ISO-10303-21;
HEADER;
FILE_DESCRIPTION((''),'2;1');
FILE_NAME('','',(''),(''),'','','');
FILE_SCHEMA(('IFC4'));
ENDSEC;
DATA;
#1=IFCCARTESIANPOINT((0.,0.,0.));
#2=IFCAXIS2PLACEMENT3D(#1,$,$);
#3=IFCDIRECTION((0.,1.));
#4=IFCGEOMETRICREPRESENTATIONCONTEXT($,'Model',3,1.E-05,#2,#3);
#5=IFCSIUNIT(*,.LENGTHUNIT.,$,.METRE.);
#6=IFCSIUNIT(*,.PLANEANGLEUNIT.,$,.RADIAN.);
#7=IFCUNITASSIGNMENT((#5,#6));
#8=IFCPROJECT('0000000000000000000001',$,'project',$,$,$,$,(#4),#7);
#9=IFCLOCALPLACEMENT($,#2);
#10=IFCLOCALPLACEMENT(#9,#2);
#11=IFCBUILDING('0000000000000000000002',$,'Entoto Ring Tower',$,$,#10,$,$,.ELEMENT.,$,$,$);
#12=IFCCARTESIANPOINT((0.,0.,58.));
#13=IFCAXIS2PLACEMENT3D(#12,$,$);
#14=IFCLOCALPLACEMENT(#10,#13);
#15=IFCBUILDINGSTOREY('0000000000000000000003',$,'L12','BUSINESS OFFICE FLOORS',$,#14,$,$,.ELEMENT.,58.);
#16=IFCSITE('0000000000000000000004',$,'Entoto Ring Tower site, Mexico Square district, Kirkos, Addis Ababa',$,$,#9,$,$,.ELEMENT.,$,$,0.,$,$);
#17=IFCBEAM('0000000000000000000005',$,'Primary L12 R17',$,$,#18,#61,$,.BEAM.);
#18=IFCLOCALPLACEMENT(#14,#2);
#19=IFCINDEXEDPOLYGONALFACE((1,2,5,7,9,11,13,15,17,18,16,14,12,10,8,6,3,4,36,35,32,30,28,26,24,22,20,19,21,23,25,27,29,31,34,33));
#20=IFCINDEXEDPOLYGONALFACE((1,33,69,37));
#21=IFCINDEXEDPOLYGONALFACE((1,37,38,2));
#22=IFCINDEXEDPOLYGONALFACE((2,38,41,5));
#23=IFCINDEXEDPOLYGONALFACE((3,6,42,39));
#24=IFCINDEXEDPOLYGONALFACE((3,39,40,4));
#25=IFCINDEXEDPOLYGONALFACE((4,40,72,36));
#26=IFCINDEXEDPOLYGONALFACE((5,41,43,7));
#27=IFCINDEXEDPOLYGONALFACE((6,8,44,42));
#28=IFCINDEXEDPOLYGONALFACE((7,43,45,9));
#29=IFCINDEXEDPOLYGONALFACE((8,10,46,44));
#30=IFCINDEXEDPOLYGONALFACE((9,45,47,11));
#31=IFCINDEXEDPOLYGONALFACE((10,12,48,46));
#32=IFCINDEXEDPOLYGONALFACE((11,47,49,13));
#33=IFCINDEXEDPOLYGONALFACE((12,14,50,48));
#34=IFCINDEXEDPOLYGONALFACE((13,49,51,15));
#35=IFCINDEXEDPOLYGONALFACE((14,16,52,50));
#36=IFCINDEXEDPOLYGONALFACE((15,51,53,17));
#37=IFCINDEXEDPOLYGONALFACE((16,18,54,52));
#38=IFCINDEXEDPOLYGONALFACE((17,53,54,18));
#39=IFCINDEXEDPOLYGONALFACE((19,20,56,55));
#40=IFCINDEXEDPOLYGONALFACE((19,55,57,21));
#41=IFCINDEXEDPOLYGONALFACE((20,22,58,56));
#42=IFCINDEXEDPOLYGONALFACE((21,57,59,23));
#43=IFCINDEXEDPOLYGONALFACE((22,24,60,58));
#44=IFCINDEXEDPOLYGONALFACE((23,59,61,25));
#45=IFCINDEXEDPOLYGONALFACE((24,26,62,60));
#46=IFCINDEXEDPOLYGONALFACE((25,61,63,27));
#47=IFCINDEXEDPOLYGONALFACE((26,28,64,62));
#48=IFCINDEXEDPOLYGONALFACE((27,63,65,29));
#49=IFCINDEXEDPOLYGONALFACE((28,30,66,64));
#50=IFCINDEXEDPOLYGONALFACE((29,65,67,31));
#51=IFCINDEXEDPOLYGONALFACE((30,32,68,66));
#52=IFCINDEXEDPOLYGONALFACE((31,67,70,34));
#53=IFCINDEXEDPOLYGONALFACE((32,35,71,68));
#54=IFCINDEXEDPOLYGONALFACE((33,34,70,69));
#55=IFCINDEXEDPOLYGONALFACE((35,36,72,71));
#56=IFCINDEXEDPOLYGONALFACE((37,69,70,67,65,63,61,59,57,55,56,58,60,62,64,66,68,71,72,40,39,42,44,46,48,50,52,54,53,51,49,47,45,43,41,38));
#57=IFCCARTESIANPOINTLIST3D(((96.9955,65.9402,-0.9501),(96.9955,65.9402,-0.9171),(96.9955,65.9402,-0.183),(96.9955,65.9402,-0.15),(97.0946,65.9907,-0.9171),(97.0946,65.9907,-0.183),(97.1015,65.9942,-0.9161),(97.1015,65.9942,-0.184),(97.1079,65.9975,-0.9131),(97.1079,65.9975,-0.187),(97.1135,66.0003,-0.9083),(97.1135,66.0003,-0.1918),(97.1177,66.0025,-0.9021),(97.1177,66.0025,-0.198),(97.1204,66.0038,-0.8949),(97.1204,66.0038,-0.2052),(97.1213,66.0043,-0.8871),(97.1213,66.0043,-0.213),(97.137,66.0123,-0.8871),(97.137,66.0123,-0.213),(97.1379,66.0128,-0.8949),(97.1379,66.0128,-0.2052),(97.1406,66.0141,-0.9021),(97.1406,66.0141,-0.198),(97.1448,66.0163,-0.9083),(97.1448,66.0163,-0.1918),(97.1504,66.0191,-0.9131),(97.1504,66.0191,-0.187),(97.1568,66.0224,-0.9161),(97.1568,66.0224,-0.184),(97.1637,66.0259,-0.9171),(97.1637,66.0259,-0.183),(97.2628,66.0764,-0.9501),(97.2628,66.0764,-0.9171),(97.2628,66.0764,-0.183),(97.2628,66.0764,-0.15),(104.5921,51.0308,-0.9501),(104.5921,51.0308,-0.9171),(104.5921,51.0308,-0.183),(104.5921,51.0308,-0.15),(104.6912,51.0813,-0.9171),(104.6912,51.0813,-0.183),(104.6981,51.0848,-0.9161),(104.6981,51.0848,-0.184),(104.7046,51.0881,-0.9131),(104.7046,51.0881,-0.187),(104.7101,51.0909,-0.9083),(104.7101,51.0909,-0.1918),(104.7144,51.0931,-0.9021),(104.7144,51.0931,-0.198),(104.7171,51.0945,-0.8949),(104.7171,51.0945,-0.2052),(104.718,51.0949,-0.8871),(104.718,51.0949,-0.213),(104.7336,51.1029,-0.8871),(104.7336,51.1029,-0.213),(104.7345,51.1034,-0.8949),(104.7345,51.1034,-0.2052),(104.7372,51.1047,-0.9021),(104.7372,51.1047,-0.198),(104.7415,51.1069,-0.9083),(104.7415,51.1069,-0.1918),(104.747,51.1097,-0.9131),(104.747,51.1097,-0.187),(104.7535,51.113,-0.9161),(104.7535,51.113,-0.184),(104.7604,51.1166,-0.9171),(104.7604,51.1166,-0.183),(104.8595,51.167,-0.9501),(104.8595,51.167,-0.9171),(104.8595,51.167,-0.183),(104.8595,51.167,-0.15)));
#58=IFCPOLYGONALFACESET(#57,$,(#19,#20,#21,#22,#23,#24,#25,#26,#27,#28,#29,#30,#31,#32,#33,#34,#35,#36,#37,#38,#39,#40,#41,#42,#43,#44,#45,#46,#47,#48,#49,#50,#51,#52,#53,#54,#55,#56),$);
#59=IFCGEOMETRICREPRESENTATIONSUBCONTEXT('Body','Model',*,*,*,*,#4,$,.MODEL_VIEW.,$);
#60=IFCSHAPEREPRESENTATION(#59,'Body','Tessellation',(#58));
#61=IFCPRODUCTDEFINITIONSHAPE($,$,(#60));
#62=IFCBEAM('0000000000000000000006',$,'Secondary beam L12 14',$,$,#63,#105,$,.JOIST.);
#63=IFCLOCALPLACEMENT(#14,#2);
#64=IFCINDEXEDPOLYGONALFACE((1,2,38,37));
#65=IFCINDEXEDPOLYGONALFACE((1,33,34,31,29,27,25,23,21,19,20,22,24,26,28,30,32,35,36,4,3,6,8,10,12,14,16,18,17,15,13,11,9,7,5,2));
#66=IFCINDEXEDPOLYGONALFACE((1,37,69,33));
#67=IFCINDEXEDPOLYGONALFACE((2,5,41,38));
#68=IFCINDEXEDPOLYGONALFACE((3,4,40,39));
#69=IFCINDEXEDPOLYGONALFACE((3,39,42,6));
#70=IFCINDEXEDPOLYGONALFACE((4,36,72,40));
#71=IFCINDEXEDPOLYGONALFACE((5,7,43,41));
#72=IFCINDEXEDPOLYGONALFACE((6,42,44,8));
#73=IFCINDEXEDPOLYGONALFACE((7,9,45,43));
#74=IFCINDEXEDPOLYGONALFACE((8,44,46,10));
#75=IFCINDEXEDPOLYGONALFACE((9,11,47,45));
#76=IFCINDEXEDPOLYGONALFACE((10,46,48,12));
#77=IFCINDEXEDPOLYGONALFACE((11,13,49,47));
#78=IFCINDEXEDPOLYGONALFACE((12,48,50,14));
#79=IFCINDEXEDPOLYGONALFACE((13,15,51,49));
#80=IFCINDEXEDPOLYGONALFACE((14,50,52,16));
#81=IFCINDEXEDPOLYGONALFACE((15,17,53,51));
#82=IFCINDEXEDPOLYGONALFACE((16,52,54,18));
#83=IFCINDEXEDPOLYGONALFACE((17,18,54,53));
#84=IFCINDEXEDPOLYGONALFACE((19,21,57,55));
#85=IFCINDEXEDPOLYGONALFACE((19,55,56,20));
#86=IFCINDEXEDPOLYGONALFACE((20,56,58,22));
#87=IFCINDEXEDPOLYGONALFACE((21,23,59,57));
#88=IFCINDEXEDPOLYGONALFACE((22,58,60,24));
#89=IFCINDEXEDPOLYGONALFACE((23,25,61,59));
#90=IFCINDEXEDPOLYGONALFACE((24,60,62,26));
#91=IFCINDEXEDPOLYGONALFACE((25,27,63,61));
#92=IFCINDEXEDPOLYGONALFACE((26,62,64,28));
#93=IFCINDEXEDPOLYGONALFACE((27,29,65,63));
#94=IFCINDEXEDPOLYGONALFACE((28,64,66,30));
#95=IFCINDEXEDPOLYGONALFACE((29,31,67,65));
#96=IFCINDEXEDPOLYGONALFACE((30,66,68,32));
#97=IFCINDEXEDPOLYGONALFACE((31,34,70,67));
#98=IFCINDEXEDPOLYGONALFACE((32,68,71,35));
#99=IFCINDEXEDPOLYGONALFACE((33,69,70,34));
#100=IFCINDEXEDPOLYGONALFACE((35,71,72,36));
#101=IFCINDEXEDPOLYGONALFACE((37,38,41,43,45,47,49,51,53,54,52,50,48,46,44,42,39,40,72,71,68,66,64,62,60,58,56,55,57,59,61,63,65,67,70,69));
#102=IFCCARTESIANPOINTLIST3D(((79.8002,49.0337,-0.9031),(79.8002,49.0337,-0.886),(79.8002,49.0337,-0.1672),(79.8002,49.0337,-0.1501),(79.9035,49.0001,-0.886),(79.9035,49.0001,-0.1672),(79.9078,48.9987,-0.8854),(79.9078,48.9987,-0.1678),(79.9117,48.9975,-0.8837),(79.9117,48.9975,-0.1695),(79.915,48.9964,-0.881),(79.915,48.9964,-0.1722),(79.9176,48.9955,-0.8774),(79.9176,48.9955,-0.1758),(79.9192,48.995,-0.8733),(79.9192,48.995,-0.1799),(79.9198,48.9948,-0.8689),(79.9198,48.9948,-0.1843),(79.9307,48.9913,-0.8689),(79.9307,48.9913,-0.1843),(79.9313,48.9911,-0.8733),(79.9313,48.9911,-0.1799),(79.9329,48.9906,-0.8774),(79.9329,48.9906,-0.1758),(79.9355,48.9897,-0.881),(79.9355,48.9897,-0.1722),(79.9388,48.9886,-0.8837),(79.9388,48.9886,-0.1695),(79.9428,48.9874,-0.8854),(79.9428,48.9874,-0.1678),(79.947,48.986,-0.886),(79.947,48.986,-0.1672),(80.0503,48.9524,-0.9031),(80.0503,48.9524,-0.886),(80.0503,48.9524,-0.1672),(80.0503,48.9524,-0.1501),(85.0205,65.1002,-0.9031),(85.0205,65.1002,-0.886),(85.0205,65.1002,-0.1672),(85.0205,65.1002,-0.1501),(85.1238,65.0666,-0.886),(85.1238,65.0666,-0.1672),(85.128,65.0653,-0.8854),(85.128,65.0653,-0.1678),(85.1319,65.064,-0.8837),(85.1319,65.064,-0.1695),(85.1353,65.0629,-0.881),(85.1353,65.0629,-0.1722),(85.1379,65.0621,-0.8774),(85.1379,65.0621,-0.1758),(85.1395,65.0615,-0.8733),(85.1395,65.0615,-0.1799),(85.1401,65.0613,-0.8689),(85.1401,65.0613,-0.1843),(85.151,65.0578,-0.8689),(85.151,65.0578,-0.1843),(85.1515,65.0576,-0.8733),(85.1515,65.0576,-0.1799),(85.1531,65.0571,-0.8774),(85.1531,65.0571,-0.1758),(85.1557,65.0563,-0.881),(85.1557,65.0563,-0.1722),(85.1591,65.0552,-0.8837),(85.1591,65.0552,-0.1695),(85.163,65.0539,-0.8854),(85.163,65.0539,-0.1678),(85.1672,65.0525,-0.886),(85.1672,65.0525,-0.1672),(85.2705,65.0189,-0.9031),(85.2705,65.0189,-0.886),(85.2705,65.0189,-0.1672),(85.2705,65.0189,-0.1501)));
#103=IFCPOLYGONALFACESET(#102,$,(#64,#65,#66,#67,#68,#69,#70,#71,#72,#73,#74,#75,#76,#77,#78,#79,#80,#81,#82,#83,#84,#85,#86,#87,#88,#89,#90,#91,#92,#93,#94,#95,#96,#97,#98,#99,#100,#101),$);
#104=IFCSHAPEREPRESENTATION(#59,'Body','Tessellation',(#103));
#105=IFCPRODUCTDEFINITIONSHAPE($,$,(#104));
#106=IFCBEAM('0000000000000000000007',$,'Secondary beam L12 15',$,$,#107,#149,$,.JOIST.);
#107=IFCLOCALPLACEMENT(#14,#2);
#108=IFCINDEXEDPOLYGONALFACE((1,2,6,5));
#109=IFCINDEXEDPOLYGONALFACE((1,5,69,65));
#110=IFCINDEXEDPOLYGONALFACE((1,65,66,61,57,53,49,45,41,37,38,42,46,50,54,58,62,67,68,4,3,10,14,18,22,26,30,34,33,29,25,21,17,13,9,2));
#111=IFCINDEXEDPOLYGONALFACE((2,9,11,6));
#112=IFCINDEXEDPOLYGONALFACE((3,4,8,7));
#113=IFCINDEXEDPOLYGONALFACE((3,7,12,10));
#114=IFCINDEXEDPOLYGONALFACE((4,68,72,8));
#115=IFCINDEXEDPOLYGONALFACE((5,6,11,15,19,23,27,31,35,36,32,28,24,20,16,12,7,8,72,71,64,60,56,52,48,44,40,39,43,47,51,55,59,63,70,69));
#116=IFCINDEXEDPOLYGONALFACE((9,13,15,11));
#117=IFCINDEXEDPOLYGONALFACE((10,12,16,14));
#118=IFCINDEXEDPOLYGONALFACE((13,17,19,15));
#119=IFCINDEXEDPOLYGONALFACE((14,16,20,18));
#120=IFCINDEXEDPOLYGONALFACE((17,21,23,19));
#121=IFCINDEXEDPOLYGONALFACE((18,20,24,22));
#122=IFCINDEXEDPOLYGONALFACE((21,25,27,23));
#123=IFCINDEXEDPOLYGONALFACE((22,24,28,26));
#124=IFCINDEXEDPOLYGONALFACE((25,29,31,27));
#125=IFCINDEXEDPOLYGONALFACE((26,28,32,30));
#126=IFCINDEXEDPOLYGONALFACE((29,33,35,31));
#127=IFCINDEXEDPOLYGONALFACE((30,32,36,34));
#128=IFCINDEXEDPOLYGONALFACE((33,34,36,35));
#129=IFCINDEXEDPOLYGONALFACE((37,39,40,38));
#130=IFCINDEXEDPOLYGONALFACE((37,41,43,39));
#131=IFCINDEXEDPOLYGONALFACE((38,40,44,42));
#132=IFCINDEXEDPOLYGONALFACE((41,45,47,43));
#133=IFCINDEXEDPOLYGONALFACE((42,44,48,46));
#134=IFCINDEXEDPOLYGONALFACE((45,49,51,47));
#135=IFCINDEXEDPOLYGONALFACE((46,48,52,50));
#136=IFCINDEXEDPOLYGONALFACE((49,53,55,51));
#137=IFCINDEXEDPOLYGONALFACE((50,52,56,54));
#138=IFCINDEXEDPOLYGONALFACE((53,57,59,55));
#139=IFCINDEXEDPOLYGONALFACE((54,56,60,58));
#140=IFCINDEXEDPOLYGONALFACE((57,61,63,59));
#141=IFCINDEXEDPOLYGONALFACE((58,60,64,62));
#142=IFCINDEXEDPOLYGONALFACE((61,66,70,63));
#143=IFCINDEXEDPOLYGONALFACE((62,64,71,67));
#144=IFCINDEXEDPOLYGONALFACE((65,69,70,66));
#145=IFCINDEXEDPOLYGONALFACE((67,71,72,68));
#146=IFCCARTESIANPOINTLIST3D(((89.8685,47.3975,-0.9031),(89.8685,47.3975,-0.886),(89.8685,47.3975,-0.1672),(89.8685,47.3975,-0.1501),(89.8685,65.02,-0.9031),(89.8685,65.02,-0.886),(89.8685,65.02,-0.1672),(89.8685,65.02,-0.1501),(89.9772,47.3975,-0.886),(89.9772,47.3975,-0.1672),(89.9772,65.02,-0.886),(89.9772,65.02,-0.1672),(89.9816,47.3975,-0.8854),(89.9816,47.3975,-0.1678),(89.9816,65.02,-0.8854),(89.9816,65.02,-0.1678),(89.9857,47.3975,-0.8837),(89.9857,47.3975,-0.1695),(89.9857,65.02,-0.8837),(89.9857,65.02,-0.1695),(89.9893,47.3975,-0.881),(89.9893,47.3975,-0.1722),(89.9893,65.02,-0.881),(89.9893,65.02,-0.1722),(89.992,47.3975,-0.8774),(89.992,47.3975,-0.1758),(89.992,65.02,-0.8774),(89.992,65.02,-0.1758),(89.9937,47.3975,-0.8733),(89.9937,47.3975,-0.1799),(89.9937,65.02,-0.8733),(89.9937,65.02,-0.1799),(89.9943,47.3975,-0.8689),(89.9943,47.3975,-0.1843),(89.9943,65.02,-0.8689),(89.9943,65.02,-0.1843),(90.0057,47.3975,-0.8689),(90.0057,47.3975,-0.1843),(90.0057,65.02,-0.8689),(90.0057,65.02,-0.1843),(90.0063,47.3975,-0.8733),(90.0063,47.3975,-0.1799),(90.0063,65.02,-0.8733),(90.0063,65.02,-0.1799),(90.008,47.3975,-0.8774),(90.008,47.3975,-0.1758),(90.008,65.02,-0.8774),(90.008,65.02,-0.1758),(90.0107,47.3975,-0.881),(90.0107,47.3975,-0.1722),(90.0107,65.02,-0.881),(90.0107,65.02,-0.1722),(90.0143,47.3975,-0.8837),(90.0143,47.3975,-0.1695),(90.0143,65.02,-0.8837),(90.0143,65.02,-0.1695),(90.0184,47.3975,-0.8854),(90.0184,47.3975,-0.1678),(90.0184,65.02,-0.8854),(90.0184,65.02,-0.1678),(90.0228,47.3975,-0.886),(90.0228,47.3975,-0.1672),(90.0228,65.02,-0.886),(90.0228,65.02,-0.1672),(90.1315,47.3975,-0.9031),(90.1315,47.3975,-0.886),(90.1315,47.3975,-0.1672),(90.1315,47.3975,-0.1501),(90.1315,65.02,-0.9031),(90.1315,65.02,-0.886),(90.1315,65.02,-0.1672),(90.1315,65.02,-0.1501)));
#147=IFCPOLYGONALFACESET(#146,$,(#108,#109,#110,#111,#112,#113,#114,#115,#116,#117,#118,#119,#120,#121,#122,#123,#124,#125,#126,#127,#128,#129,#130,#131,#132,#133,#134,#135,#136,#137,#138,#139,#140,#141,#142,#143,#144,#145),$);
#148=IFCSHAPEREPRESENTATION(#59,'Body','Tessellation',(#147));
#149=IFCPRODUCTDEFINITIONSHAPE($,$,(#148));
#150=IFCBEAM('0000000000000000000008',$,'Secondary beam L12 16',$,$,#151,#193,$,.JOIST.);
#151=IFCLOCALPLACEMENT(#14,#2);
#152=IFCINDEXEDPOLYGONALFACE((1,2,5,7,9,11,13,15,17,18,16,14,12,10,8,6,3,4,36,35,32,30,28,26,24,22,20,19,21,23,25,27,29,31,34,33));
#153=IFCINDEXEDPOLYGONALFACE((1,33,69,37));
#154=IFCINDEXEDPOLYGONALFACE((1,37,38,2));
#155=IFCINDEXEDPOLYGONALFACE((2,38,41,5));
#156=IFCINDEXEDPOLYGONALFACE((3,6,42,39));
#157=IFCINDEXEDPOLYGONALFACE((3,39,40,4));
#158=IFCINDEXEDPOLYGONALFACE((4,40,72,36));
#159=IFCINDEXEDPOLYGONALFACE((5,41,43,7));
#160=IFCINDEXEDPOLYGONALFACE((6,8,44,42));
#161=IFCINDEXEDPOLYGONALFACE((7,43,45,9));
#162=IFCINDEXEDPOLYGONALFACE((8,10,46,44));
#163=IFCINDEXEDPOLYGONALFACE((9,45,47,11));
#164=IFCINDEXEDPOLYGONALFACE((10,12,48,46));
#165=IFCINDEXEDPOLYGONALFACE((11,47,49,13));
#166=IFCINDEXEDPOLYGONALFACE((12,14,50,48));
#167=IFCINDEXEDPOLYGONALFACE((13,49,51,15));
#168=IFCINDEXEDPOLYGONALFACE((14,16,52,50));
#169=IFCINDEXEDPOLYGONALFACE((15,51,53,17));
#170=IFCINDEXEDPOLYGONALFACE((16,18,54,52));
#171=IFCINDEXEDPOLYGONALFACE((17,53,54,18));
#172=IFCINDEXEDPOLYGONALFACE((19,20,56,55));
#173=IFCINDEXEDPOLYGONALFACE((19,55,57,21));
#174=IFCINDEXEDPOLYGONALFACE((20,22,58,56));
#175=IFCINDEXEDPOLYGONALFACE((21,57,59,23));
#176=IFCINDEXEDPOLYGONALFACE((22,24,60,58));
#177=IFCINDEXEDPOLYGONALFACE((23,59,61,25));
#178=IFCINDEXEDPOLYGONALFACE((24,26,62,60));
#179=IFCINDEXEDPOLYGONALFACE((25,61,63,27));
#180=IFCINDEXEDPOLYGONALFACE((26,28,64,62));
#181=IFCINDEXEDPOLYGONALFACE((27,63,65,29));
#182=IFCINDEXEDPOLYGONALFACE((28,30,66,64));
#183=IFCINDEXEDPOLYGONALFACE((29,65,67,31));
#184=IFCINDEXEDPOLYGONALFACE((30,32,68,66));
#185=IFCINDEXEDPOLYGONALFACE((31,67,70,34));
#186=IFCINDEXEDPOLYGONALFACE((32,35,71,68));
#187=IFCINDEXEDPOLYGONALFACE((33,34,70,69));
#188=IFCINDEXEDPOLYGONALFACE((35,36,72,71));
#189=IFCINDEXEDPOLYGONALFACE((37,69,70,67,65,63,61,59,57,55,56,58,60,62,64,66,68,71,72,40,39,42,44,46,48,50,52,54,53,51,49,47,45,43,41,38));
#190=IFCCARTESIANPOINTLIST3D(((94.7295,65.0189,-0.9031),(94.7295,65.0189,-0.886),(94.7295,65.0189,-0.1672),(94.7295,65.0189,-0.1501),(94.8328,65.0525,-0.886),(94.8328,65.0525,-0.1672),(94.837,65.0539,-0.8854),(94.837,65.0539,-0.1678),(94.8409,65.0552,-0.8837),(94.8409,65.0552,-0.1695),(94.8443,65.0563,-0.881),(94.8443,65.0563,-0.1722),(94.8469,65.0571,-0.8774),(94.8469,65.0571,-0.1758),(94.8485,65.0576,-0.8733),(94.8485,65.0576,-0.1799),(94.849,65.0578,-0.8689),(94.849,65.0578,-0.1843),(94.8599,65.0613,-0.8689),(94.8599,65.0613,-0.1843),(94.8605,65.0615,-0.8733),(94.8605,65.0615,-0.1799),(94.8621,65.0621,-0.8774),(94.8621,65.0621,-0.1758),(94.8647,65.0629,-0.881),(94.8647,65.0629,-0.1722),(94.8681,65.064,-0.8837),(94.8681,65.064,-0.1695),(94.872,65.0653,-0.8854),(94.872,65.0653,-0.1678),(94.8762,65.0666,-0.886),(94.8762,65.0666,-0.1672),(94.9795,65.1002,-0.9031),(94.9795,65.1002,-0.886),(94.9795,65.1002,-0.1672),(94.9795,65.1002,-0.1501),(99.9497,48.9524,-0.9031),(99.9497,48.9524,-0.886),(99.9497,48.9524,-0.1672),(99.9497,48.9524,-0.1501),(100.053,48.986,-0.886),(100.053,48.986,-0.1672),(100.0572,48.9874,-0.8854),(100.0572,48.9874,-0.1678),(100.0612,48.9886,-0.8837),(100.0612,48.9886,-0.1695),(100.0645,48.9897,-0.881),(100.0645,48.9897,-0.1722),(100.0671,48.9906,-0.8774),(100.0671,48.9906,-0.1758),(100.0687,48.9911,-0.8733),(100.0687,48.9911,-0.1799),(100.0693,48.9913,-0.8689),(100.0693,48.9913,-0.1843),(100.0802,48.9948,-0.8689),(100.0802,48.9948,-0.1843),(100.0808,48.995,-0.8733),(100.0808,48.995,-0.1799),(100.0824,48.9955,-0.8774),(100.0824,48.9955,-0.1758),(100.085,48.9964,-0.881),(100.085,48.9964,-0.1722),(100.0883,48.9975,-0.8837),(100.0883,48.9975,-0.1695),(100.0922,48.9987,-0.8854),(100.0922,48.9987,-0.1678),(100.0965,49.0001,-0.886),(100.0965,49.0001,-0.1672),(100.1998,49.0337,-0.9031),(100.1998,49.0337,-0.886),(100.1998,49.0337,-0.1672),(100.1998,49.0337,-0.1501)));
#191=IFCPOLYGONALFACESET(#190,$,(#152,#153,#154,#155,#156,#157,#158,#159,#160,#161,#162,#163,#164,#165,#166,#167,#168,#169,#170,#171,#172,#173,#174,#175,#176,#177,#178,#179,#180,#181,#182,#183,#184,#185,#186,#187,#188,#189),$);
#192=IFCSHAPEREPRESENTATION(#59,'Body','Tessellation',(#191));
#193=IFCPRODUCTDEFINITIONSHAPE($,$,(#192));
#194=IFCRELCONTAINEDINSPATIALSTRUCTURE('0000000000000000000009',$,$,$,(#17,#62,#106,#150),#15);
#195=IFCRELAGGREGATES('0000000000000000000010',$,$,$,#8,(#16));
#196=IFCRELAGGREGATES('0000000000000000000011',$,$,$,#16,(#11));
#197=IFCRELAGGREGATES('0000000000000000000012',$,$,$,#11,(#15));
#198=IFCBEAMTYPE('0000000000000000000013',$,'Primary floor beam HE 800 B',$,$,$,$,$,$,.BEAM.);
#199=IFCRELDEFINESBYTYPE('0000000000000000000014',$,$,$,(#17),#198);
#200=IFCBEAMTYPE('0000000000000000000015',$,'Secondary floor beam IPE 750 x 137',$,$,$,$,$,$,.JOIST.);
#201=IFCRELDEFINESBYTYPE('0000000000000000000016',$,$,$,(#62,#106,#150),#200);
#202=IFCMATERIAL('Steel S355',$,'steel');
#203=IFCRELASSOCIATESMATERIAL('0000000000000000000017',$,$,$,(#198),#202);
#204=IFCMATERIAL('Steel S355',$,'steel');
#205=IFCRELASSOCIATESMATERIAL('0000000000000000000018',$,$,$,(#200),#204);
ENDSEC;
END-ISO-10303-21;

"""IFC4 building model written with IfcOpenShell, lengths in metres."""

from ifc_helpers import new_model, si_unit, direction, frame, origin, origin_2d, place, context, subcontext, project, spatial, i_section, extrude, material, material_profile, profile_set, type_object, element, save


model = new_model("IFC4")

# Units and contexts
model_context = context("Model", 3, precision=1e-05, world=origin(), true_north=direction((0.0, 1.0)))
body_context = subcontext(model_context, "Body", "Model", "MODEL_VIEW")
ifc_project = project(units=[si_unit("LENGTHUNIT", "METRE"), si_unit("PLANEANGLEUNIT", "RADIAN")], contexts=[model_context])

# Site, building, storey
site_placement = place(None, origin())
site = spatial("IfcSite", under=ifc_project, at=site_placement, Name="Entoto Ring Tower site, Mexico Square district, Kirkos, Addis Ababa", CompositionType="ELEMENT", RefElevation=0.0)
building_placement = place(site_placement, origin())
building = spatial("IfcBuilding", under=site, at=building_placement, Name="Entoto Ring Tower", CompositionType="ELEMENT")
storey_placement = place(building_placement, frame((0.0, 0.0, 58.0)))
storey = spatial("IfcBuildingStorey", under=building, at=storey_placement, Name="L12", Description="BUSINESS OFFICE FLOORS", CompositionType="ELEMENT", Elevation=58.0)

# Beams
ifc_material_1 = material(Name="Steel S355", Category="steel")
ifc_material_profile_1 = material_profile(ifc_material_1, i_section(OverallWidth=0.3, OverallDepth=0.8, WebThickness=0.0176, FlangeThickness=0.033, FilletRadius=0.03, at=origin_2d()), Name="HE 800 B")
ifc_profile_set_1 = profile_set([ifc_material_profile_1], Name="Steel S355")
beam_type_1 = type_object("IfcBeamType", Name="Primary floor beam HE 800 B", PredefinedType="BEAM", material=ifc_profile_set_1)
beam_1_placement = place(storey_placement, frame((97.1292, 66.0083, -0.55), z_axis=(0.453988, -0.891008, 0.0), x_axis=(0.891008, 0.453988, 0.0)))
element("IfcBeam", 1, at=beam_1_placement, inside=storey, type_object=beam_type_1, Name="Primary L12 R17", PredefinedType="BEAM", context=body_context, shape_type="SweptSolid", body=[
    extrude(i_section(OverallWidth=0.3, OverallDepth=0.8, WebThickness=0.0176, FlangeThickness=0.033, FilletRadius=0.03, at=origin_2d()), origin(), (0.0, 0.0, 1.0), 16.7332),
])
ifc_material_2 = material(Name="Steel S355", Category="steel")
ifc_material_profile_2 = material_profile(ifc_material_2, i_section(OverallWidth=0.2629, OverallDepth=0.7529, WebThickness=0.0115, FlangeThickness=0.0171, FilletRadius=0.0171, at=origin_2d()), Name="IPE 750 x 137")
ifc_profile_set_2 = profile_set([ifc_material_profile_2], Name="Steel S355")
beam_type_2 = type_object("IfcBeamType", Name="Secondary floor beam IPE 750 x 137", PredefinedType="JOIST", material=ifc_profile_set_2)
beam_2_placement = place(storey_placement, frame((85.1455, 65.0596, -0.5266), z_axis=(-0.309013, -0.951058, 0.0), x_axis=(0.951058, -0.309013, 0.0)))
element("IfcBeam", 2, at=beam_2_placement, inside=storey, type_object=beam_type_2, Name="Secondary beam L12 14", PredefinedType="JOIST", context=body_context, shape_type="SweptSolid", body=[
    extrude(i_section(OverallWidth=0.2629, OverallDepth=0.7529, WebThickness=0.0115, FlangeThickness=0.0171, FilletRadius=0.0171, at=origin_2d()), origin(), (0.0, 0.0, 1.0), 16.8933),
])
beam_3_placement = place(storey_placement, frame((90.0, 65.02, -0.5266), z_axis=(0.0, -1.0, 0.0), x_axis=(1.0, 0.0, 0.0)))
element("IfcBeam", 3, at=beam_3_placement, inside=storey, type_object=beam_type_2, Name="Secondary beam L12 15", PredefinedType="JOIST", context=body_context, shape_type="SweptSolid", body=[
    extrude(i_section(OverallWidth=0.2629, OverallDepth=0.7529, WebThickness=0.0115, FlangeThickness=0.0171, FilletRadius=0.0171, at=origin_2d()), origin(), (0.0, 0.0, 1.0), 17.6226),
])
beam_4_placement = place(storey_placement, frame((94.8545, 65.0596, -0.5266), z_axis=(0.309013, -0.951058, 0.0), x_axis=(0.951058, 0.309013, 0.0)))
element("IfcBeam", 4, at=beam_4_placement, inside=storey, type_object=beam_type_2, Name="Secondary beam L12 16", PredefinedType="JOIST", context=body_context, shape_type="SweptSolid", body=[
    extrude(i_section(OverallWidth=0.2629, OverallDepth=0.7529, WebThickness=0.0115, FlangeThickness=0.0171, FilletRadius=0.0171, at=origin_2d()), origin(), (0.0, 0.0, 1.0), 16.8933),
])

save(model, "model.ifc")
